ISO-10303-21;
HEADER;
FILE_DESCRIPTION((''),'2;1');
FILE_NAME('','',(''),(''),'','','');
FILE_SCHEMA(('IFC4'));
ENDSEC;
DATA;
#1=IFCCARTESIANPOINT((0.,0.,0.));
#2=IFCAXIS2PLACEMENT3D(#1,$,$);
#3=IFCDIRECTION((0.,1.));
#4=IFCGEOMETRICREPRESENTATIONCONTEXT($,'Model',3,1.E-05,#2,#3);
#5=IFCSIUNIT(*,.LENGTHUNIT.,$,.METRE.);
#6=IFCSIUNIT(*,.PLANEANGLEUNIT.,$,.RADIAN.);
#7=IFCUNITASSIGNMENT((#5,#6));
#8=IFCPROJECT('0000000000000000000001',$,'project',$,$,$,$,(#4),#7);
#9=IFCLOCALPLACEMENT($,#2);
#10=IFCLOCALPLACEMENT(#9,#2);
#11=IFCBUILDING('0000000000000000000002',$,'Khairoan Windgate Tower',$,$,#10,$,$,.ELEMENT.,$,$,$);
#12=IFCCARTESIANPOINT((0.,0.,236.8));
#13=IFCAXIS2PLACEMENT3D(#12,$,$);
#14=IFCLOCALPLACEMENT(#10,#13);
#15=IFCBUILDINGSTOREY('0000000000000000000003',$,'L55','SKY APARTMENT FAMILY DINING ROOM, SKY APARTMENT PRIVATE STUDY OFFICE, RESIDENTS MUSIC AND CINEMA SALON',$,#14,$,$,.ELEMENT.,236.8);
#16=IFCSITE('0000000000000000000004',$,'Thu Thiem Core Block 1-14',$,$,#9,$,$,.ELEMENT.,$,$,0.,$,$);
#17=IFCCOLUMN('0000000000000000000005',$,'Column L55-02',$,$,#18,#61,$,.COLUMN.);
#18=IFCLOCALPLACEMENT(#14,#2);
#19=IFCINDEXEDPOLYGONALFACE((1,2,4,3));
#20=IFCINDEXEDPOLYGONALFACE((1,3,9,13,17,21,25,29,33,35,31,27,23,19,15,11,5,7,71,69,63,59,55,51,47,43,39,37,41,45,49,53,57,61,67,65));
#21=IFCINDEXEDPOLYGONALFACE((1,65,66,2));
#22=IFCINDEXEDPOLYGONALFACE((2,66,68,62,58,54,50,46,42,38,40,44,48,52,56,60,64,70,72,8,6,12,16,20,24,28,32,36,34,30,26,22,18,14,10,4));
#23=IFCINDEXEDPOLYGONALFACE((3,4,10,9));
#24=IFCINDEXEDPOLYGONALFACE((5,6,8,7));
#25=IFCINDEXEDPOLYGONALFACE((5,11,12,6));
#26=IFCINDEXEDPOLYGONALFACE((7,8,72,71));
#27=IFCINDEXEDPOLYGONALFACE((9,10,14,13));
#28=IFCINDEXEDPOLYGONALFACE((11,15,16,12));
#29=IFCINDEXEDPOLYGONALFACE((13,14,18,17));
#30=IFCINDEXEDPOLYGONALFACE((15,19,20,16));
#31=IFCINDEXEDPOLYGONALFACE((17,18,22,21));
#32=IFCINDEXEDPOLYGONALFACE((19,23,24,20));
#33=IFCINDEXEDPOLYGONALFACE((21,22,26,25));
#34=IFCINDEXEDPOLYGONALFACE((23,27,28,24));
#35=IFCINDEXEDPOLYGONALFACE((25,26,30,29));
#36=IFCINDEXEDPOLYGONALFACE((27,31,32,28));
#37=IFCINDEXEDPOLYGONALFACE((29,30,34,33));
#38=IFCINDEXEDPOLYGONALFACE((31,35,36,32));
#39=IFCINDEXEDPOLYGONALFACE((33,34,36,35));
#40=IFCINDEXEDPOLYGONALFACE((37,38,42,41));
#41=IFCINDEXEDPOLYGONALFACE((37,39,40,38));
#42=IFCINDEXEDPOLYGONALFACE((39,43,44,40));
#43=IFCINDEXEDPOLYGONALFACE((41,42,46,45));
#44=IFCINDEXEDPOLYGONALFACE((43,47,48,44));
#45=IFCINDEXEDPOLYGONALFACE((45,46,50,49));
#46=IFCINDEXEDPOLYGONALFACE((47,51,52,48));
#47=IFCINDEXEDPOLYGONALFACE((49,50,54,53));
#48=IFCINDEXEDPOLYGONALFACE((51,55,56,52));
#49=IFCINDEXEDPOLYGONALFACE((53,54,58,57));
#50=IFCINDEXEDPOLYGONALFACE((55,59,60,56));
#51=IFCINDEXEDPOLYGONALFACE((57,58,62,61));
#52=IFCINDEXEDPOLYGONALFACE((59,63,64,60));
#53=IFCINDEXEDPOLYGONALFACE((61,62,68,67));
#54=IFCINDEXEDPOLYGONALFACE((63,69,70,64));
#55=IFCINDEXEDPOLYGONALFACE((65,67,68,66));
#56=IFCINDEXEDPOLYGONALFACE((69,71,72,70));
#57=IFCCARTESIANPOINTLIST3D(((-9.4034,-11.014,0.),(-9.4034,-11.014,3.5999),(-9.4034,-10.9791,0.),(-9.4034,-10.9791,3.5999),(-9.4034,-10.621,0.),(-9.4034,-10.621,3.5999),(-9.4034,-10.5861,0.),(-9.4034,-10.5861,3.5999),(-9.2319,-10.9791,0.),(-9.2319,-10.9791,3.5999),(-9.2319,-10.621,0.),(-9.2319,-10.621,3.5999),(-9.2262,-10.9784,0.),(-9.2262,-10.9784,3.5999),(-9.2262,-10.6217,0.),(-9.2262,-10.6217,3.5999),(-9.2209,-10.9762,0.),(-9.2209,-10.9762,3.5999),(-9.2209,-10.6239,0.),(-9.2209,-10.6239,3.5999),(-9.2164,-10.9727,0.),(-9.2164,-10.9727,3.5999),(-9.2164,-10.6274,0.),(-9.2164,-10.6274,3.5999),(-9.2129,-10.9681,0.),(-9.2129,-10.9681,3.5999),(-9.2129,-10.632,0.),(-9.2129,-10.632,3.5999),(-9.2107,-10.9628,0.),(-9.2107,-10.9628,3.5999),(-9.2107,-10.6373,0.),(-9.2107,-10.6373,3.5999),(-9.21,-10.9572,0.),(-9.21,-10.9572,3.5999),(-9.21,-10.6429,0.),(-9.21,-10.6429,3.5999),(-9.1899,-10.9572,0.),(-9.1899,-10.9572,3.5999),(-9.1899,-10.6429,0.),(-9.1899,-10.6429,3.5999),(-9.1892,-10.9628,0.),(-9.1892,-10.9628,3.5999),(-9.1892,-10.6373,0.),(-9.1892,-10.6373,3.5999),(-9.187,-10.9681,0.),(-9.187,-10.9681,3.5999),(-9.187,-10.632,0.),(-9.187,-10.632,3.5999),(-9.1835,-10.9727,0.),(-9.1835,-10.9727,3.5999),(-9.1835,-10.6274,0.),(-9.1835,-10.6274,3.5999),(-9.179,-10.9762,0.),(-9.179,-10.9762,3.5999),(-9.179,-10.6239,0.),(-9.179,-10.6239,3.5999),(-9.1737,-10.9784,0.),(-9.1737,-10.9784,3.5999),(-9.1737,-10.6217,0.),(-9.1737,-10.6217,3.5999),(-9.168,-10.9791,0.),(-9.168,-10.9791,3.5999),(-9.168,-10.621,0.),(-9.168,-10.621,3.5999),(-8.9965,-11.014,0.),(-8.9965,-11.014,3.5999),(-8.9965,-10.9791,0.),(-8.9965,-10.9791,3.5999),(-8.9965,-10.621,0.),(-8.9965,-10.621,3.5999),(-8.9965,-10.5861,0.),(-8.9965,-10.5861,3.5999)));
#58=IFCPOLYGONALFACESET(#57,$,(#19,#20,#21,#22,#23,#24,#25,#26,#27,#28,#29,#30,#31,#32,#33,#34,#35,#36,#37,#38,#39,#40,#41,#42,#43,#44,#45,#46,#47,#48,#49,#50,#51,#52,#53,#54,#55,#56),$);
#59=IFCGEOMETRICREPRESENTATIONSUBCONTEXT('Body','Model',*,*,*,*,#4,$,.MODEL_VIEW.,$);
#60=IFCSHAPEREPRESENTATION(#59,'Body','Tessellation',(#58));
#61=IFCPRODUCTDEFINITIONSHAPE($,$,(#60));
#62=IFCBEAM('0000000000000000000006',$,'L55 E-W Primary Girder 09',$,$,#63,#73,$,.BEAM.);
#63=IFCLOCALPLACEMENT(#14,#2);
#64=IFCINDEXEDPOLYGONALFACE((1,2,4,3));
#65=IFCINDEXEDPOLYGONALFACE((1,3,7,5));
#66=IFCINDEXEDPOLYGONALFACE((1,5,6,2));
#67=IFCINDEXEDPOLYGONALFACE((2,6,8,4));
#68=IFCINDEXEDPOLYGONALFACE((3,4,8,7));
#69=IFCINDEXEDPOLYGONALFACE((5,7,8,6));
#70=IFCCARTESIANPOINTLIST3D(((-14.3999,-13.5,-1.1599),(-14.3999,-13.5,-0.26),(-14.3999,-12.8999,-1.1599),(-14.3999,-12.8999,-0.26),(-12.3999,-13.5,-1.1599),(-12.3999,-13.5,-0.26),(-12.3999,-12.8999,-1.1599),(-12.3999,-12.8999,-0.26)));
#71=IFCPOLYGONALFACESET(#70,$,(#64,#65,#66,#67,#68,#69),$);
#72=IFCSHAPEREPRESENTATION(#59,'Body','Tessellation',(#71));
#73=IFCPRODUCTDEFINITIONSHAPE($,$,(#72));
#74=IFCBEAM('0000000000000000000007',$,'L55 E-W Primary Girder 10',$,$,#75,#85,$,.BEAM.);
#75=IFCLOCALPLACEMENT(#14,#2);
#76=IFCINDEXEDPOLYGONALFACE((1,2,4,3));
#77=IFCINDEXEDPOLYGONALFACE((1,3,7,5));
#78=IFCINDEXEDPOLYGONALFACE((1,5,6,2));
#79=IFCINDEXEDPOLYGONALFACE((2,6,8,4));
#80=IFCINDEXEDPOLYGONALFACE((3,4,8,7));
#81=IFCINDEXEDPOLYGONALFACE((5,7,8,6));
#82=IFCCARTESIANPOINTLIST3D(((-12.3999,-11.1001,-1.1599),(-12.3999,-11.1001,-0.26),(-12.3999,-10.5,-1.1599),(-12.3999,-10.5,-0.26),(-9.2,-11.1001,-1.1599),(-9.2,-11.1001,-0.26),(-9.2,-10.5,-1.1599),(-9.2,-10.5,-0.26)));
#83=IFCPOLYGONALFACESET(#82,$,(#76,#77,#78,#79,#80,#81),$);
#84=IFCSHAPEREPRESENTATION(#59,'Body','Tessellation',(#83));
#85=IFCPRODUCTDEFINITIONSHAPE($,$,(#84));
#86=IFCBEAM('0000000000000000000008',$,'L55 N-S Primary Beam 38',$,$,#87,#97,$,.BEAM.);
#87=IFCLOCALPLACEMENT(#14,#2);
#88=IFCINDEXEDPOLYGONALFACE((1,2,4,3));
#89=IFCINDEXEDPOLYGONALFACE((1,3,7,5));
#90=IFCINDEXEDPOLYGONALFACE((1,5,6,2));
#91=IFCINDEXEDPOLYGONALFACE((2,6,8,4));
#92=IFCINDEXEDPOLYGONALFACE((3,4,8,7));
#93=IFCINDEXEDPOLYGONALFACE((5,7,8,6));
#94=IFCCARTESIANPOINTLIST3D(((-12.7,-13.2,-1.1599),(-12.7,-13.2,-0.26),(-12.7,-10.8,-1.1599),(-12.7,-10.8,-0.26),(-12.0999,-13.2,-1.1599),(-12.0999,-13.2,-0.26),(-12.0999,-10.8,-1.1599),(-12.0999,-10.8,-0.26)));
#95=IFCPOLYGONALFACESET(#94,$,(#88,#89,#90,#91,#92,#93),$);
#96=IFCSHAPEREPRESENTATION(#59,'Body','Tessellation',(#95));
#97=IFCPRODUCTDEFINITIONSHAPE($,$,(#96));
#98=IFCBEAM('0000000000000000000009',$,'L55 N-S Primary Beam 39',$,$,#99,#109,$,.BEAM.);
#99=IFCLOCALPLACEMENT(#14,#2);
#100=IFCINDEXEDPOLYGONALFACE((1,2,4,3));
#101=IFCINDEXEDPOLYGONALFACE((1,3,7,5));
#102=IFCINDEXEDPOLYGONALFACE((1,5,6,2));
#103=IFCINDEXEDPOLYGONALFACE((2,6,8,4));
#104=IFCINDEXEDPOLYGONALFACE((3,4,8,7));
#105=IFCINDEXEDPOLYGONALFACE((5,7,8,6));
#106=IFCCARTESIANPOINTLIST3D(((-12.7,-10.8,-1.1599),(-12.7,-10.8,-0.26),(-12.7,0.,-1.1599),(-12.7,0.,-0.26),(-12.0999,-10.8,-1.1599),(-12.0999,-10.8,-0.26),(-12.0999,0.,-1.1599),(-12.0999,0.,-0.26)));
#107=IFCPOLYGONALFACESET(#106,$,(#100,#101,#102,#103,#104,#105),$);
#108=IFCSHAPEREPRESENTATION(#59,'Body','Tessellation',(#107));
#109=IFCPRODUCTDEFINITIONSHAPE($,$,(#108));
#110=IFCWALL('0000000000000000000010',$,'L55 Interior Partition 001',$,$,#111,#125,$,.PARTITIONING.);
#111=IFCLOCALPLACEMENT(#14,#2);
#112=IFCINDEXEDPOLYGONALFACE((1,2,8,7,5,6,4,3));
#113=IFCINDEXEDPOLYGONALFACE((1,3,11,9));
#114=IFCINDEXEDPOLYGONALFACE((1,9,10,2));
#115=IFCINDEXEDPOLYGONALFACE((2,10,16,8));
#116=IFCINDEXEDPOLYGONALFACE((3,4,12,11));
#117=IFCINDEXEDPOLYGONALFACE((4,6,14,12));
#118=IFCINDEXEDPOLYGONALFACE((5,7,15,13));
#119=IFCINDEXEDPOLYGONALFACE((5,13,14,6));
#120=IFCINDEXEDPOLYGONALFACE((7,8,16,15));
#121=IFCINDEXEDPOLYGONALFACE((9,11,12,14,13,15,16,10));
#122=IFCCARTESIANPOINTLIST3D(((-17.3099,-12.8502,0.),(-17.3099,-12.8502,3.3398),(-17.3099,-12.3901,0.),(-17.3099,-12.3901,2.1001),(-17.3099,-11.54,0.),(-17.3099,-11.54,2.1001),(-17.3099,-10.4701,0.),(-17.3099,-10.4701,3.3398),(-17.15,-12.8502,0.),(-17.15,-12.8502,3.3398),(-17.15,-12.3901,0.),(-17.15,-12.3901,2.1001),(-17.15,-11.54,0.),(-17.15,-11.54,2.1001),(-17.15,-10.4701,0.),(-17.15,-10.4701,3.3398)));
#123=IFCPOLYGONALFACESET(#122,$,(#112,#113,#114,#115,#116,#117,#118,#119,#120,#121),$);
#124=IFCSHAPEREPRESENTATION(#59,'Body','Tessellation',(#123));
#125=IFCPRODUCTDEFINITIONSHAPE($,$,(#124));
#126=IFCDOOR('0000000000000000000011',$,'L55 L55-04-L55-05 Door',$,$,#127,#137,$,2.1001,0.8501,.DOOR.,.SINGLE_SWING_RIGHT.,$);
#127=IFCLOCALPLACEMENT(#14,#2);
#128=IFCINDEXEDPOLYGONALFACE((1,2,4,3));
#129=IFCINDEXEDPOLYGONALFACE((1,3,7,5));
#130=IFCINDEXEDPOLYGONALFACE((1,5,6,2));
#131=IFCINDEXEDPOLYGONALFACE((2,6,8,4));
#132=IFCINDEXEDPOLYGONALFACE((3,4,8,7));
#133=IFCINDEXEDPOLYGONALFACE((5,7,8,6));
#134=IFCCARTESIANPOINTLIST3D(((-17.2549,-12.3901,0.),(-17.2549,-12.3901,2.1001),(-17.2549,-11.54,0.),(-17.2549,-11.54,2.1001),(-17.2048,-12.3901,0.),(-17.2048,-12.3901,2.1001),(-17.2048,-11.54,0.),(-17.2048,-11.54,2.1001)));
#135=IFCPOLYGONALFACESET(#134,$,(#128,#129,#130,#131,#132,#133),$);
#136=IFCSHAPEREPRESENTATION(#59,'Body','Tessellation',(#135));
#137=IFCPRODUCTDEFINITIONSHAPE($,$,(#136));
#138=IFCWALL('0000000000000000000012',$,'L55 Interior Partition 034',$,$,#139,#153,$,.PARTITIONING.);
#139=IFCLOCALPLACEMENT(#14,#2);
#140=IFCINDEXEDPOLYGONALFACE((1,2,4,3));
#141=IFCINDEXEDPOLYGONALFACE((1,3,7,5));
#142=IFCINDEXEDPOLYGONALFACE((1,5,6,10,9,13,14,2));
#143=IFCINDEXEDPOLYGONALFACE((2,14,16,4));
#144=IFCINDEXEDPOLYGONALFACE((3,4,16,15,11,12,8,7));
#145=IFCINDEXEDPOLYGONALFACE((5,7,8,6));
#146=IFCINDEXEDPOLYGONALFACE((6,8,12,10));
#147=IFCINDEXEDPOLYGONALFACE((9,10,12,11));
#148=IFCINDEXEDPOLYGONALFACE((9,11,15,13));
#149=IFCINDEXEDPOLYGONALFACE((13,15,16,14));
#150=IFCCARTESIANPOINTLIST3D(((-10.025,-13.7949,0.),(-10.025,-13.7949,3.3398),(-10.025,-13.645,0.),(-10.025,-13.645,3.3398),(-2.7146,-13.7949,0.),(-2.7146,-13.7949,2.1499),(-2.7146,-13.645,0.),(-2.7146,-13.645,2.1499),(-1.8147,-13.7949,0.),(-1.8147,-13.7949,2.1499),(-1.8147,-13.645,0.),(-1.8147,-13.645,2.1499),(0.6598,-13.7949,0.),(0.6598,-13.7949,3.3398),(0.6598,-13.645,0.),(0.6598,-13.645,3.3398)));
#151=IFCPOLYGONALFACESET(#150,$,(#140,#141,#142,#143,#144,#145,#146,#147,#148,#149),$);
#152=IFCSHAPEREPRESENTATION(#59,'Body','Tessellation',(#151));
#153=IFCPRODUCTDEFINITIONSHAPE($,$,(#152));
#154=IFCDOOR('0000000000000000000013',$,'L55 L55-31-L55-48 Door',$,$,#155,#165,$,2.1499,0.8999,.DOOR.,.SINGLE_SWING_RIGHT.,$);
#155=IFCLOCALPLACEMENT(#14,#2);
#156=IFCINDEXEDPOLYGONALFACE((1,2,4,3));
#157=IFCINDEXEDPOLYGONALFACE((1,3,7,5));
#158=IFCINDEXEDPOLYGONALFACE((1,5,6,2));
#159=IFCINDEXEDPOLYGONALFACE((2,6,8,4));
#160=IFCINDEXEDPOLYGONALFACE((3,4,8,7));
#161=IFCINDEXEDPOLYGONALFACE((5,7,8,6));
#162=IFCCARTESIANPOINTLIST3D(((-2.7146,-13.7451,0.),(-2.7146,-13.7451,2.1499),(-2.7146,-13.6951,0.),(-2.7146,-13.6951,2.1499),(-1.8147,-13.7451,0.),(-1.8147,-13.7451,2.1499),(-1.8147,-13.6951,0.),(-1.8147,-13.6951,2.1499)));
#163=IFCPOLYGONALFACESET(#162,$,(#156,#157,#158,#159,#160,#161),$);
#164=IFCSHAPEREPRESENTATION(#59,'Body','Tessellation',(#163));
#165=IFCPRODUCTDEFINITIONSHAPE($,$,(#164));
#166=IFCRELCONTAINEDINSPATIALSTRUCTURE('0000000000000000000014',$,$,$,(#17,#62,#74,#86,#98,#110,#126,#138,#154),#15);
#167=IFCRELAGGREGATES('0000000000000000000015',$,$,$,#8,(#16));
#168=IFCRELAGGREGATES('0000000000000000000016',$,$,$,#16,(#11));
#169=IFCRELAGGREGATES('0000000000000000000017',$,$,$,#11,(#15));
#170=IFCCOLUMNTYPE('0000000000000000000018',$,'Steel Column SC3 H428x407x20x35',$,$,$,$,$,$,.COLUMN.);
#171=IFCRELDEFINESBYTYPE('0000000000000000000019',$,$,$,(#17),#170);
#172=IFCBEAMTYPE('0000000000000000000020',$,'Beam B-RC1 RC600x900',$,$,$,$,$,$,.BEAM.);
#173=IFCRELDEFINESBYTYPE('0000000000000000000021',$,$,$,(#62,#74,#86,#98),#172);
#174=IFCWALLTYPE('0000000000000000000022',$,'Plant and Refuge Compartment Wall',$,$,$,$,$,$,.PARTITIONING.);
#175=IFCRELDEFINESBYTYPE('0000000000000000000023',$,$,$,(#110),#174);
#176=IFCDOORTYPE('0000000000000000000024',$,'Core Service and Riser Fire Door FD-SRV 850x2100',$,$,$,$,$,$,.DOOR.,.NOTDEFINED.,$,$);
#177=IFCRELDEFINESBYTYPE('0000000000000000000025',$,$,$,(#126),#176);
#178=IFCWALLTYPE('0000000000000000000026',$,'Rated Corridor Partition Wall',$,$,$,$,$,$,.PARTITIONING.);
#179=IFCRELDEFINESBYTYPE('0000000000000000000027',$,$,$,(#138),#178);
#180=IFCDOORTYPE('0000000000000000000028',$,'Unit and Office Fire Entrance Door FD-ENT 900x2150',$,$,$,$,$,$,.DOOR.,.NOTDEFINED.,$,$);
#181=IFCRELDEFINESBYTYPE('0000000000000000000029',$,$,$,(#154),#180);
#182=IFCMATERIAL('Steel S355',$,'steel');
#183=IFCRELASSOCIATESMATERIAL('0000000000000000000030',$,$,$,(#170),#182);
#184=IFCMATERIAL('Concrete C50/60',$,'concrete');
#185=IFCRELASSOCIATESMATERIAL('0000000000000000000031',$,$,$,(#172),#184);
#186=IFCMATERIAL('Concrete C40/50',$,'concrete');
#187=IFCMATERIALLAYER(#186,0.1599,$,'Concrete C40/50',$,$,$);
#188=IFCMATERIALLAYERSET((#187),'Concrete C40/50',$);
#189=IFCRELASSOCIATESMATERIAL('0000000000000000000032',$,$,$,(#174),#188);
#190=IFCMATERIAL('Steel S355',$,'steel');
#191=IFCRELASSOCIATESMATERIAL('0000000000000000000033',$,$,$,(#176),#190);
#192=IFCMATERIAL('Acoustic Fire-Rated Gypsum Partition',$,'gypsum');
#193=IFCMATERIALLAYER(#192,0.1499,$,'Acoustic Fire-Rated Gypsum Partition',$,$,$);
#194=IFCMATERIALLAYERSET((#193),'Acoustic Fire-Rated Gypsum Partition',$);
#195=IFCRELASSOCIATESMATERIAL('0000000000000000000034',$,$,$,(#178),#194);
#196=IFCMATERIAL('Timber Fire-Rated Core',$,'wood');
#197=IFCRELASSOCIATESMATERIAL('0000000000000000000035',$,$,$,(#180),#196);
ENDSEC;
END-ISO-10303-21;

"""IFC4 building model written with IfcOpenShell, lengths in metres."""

from ifc_helpers import new_model, si_unit, direction, frame, frame_2d, origin, origin_2d, place, context, subcontext, project, spatial, rectangle, i_section, extrude, material, layer, layer_set, material_profile, profile_set, type_object, element, fill, save


model = new_model("IFC4")

# Units and contexts
model_context = context("Model", 3, precision=1e-05, world=origin(), true_north=direction((0.0, 1.0)))
body_context = subcontext(model_context, "Body", "Model", "MODEL_VIEW")
ifc_project = project(units=[si_unit("LENGTHUNIT", "METRE"), si_unit("PLANEANGLEUNIT", "RADIAN")], contexts=[model_context])

# Site, building, storey
site_placement = place(None, origin())
site = spatial("IfcSite", under=ifc_project, at=site_placement, Name="Thu Thiem Core Block 1-14", CompositionType="ELEMENT", RefElevation=0.0)
building_placement = place(site_placement, origin())
building = spatial("IfcBuilding", under=site, at=building_placement, Name="Khairoan Windgate Tower", CompositionType="ELEMENT")
storey_placement = place(building_placement, frame((0.0, 0.0, 236.8)))
storey = spatial("IfcBuildingStorey", under=building, at=storey_placement, Name="L55", Description="SKY APARTMENT FAMILY DINING ROOM, SKY APARTMENT PRIVATE STUDY OFFICE, RESIDENTS MUSIC AND CINEMA SALON", CompositionType="ELEMENT", Elevation=236.8)

# Column
ifc_material_1 = material(Name="Steel S355", Category="steel")
ifc_material_profile_1 = material_profile(ifc_material_1, i_section(OverallWidth=0.407, OverallDepth=0.428, WebThickness=0.02, FlangeThickness=0.0349, FilletRadius=0.022, at=origin_2d()))
ifc_profile_set_1 = profile_set([ifc_material_profile_1], Name="Steel S355")
column_type = type_object("IfcColumnType", Name="Steel Column SC3 H428x407x20x35", PredefinedType="COLUMN", material=ifc_profile_set_1)
column_placement = place(storey_placement, frame((-9.2, -10.8, 0.0), z_axis=(0.0, 0.0, 1.0), x_axis=(1.0, 0.0, 0.0)))
element("IfcColumn", 1, at=column_placement, inside=storey, type_object=column_type, Name="Column L55-02", PredefinedType="COLUMN", context=body_context, shape_type="SweptSolid", body=[
    extrude(i_section(OverallWidth=0.407, OverallDepth=0.428, WebThickness=0.02, FlangeThickness=0.0349, FilletRadius=0.022, at=origin_2d()), origin(), (0.0, 0.0, 1.0), 3.5999),
])

# Beams
ifc_material_2 = material(Name="Concrete C50/60", Category="concrete")
ifc_material_profile_2 = material_profile(ifc_material_2, rectangle(XDim=0.6001, YDim=0.8999, at=origin_2d()))
ifc_profile_set_2 = profile_set([ifc_material_profile_2], Name="Concrete C50/60")
beam_type = type_object("IfcBeamType", Name="Beam B-RC1 RC600x900", PredefinedType="BEAM", material=ifc_profile_set_2)
beam_1_placement = place(storey_placement, frame((-14.3999, -13.2, -0.71), z_axis=(1.0, 0.0, 0.0), x_axis=(0.0, 1.0, 0.0)))
element("IfcBeam", 2, at=beam_1_placement, inside=storey, type_object=beam_type, Name="L55 E-W Primary Girder 09", PredefinedType="BEAM", context=body_context, shape_type="SweptSolid", body=[
    extrude(rectangle(XDim=0.6001, YDim=0.8999, at=origin_2d()), origin(), (0.0, 0.0, 1.0), 2.0),
])
beam_2_placement = place(storey_placement, frame((-12.3999, -10.8, -0.71), z_axis=(1.0, 0.0, 0.0), x_axis=(0.0, 1.0, 0.0)))
element("IfcBeam", 3, at=beam_2_placement, inside=storey, type_object=beam_type, Name="L55 E-W Primary Girder 10", PredefinedType="BEAM", context=body_context, shape_type="SweptSolid", body=[
    extrude(rectangle(XDim=0.6001, YDim=0.8999, at=origin_2d()), origin(), (0.0, 0.0, 1.0), 3.2),
])
beam_3_placement = place(storey_placement, frame((-12.3999, -13.2, -0.71), z_axis=(0.0, 1.0, 0.0), x_axis=(-1.0, 0.0, 0.0)))
element("IfcBeam", 4, at=beam_3_placement, inside=storey, type_object=beam_type, Name="L55 N-S Primary Beam 38", PredefinedType="BEAM", context=body_context, shape_type="SweptSolid", body=[
    extrude(rectangle(XDim=0.6001, YDim=0.8999, at=origin_2d()), origin(), (0.0, 0.0, 1.0), 2.3999),
])
beam_4_placement = place(storey_placement, frame((-12.3999, -10.8, -0.71), z_axis=(0.0, 1.0, 0.0), x_axis=(-1.0, 0.0, 0.0)))
element("IfcBeam", 5, at=beam_4_placement, inside=storey, type_object=beam_type, Name="L55 N-S Primary Beam 39", PredefinedType="BEAM", context=body_context, shape_type="SweptSolid", body=[
    extrude(rectangle(XDim=0.6001, YDim=0.8999, at=origin_2d()), origin(), (0.0, 0.0, 1.0), 10.8),
])

# Walls, openings, doors
ifc_material_3 = material(Name="Concrete C40/50", Category="concrete")
ifc_layer_1 = layer(ifc_material_3, 0.1599, Name="Concrete C40/50")
ifc_layer_set_1 = layer_set([ifc_layer_1], Name="Concrete C40/50")
wall_type_1 = type_object("IfcWallType", Name="Plant and Refuge Compartment Wall", PredefinedType="PARTITIONING", material=ifc_layer_set_1)
wall_1_placement = place(storey_placement, frame((-17.23, -12.8501, 0.0), z_axis=(0.0, 0.0, 1.0), x_axis=(0.0, 1.0, 0.0)))
wall_1 = element("IfcWall", 6, at=wall_1_placement, inside=storey, type_object=wall_type_1, Name="L55 Interior Partition 001", PredefinedType="PARTITIONING", context=body_context, shape_type="SweptSolid", body=[
    extrude(rectangle(XDim=2.3801, YDim=0.1599, at=frame_2d((1.1899, 0.0))), origin(), (0.0, 0.0, 1.0), 3.3398),
])
opening_1_placement = place(wall_1_placement, frame((0.46, 0.0, 0.0)))
opening_1 = element("IfcOpeningElement", 7, at=opening_1_placement, cuts=wall_1, PredefinedType="OPENING", context=body_context, shape_type="SweptSolid", body=[
    extrude(rectangle(XDim=0.8501, YDim=2.1001, at=frame_2d((0.425, 1.05))), frame((0.0, 0.0898, 0.0), z_axis=(0.0, -1.0, 0.0), x_axis=(1.0, 0.0, 0.0)), (0.0, 0.0, 1.0), 0.1799),
])
ifc_material_4 = material(Name="Steel S355", Category="steel")
door_type_1 = type_object("IfcDoorType", Name="Core Service and Riser Fire Door FD-SRV 850x2100", OperationType="NOTDEFINED", PredefinedType="DOOR", material=ifc_material_4)
door_1_placement = place(opening_1_placement, origin())
door_1 = element("IfcDoor", 8, at=door_1_placement, inside=storey, type_object=door_type_1, Name="L55 L55-04-L55-05 Door", OperationType="SINGLE_SWING_RIGHT", OverallHeight=2.1001, OverallWidth=0.8501, PredefinedType="DOOR", context=body_context, shape_type="SweptSolid", body=[
    extrude(rectangle(XDim=0.8501, YDim=2.1001, at=frame_2d((0.425, 1.05))), frame((0.0, 0.0249, 0.0), z_axis=(0.0, -1.0, 0.0), x_axis=(1.0, 0.0, 0.0)), (0.0, 0.0, 1.0), 0.05),
])
fill(opening_1, door_1)
ifc_material_5 = material(Name="Acoustic Fire-Rated Gypsum Partition", Category="gypsum")
ifc_layer_2 = layer(ifc_material_5, 0.1499, Name="Acoustic Fire-Rated Gypsum Partition")
ifc_layer_set_2 = layer_set([ifc_layer_2], Name="Acoustic Fire-Rated Gypsum Partition")
wall_type_2 = type_object("IfcWallType", Name="Rated Corridor Partition Wall", PredefinedType="PARTITIONING", material=ifc_layer_set_2)
wall_2_placement = place(storey_placement, frame((-10.0249, -13.72, 0.0), z_axis=(0.0, 0.0, 1.0), x_axis=(1.0, 0.0, 0.0)))
wall_2 = element("IfcWall", 9, at=wall_2_placement, inside=storey, type_object=wall_type_2, Name="L55 Interior Partition 034", PredefinedType="PARTITIONING", context=body_context, shape_type="SweptSolid", body=[
    extrude(rectangle(XDim=10.6848, YDim=0.1499, at=frame_2d((5.3423, 0.0))), origin(), (0.0, 0.0, 1.0), 3.3398),
])
opening_2_placement = place(wall_2_placement, frame((7.3103, 0.0, 0.0)))
opening_2 = element("IfcOpeningElement", 10, at=opening_2_placement, cuts=wall_2, PredefinedType="OPENING", context=body_context, shape_type="SweptSolid", body=[
    extrude(rectangle(XDim=0.8999, YDim=2.1499, at=frame_2d((0.45, 1.075))), frame((0.0, 0.085, 0.0), z_axis=(0.0, -1.0, 0.0), x_axis=(1.0, 0.0, 0.0)), (0.0, 0.0, 1.0), 0.1699),
])
ifc_material_6 = material(Name="Timber Fire-Rated Core", Category="wood")
door_type_2 = type_object("IfcDoorType", Name="Unit and Office Fire Entrance Door FD-ENT 900x2150", OperationType="NOTDEFINED", PredefinedType="DOOR", material=ifc_material_6)
door_2_placement = place(opening_2_placement, origin())
door_2 = element("IfcDoor", 11, at=door_2_placement, inside=storey, type_object=door_type_2, Name="L55 L55-31-L55-48 Door", OperationType="SINGLE_SWING_RIGHT", OverallHeight=2.1499, OverallWidth=0.8999, PredefinedType="DOOR", context=body_context, shape_type="SweptSolid", body=[
    extrude(rectangle(XDim=0.8999, YDim=2.1499, at=frame_2d((0.45, 1.075))), frame((0.0, 0.0249, 0.0), z_axis=(0.0, -1.0, 0.0), x_axis=(1.0, 0.0, 0.0)), (0.0, 0.0, 1.0), 0.05),
])
fill(opening_2, door_2)

save(model, "model.ifc")
